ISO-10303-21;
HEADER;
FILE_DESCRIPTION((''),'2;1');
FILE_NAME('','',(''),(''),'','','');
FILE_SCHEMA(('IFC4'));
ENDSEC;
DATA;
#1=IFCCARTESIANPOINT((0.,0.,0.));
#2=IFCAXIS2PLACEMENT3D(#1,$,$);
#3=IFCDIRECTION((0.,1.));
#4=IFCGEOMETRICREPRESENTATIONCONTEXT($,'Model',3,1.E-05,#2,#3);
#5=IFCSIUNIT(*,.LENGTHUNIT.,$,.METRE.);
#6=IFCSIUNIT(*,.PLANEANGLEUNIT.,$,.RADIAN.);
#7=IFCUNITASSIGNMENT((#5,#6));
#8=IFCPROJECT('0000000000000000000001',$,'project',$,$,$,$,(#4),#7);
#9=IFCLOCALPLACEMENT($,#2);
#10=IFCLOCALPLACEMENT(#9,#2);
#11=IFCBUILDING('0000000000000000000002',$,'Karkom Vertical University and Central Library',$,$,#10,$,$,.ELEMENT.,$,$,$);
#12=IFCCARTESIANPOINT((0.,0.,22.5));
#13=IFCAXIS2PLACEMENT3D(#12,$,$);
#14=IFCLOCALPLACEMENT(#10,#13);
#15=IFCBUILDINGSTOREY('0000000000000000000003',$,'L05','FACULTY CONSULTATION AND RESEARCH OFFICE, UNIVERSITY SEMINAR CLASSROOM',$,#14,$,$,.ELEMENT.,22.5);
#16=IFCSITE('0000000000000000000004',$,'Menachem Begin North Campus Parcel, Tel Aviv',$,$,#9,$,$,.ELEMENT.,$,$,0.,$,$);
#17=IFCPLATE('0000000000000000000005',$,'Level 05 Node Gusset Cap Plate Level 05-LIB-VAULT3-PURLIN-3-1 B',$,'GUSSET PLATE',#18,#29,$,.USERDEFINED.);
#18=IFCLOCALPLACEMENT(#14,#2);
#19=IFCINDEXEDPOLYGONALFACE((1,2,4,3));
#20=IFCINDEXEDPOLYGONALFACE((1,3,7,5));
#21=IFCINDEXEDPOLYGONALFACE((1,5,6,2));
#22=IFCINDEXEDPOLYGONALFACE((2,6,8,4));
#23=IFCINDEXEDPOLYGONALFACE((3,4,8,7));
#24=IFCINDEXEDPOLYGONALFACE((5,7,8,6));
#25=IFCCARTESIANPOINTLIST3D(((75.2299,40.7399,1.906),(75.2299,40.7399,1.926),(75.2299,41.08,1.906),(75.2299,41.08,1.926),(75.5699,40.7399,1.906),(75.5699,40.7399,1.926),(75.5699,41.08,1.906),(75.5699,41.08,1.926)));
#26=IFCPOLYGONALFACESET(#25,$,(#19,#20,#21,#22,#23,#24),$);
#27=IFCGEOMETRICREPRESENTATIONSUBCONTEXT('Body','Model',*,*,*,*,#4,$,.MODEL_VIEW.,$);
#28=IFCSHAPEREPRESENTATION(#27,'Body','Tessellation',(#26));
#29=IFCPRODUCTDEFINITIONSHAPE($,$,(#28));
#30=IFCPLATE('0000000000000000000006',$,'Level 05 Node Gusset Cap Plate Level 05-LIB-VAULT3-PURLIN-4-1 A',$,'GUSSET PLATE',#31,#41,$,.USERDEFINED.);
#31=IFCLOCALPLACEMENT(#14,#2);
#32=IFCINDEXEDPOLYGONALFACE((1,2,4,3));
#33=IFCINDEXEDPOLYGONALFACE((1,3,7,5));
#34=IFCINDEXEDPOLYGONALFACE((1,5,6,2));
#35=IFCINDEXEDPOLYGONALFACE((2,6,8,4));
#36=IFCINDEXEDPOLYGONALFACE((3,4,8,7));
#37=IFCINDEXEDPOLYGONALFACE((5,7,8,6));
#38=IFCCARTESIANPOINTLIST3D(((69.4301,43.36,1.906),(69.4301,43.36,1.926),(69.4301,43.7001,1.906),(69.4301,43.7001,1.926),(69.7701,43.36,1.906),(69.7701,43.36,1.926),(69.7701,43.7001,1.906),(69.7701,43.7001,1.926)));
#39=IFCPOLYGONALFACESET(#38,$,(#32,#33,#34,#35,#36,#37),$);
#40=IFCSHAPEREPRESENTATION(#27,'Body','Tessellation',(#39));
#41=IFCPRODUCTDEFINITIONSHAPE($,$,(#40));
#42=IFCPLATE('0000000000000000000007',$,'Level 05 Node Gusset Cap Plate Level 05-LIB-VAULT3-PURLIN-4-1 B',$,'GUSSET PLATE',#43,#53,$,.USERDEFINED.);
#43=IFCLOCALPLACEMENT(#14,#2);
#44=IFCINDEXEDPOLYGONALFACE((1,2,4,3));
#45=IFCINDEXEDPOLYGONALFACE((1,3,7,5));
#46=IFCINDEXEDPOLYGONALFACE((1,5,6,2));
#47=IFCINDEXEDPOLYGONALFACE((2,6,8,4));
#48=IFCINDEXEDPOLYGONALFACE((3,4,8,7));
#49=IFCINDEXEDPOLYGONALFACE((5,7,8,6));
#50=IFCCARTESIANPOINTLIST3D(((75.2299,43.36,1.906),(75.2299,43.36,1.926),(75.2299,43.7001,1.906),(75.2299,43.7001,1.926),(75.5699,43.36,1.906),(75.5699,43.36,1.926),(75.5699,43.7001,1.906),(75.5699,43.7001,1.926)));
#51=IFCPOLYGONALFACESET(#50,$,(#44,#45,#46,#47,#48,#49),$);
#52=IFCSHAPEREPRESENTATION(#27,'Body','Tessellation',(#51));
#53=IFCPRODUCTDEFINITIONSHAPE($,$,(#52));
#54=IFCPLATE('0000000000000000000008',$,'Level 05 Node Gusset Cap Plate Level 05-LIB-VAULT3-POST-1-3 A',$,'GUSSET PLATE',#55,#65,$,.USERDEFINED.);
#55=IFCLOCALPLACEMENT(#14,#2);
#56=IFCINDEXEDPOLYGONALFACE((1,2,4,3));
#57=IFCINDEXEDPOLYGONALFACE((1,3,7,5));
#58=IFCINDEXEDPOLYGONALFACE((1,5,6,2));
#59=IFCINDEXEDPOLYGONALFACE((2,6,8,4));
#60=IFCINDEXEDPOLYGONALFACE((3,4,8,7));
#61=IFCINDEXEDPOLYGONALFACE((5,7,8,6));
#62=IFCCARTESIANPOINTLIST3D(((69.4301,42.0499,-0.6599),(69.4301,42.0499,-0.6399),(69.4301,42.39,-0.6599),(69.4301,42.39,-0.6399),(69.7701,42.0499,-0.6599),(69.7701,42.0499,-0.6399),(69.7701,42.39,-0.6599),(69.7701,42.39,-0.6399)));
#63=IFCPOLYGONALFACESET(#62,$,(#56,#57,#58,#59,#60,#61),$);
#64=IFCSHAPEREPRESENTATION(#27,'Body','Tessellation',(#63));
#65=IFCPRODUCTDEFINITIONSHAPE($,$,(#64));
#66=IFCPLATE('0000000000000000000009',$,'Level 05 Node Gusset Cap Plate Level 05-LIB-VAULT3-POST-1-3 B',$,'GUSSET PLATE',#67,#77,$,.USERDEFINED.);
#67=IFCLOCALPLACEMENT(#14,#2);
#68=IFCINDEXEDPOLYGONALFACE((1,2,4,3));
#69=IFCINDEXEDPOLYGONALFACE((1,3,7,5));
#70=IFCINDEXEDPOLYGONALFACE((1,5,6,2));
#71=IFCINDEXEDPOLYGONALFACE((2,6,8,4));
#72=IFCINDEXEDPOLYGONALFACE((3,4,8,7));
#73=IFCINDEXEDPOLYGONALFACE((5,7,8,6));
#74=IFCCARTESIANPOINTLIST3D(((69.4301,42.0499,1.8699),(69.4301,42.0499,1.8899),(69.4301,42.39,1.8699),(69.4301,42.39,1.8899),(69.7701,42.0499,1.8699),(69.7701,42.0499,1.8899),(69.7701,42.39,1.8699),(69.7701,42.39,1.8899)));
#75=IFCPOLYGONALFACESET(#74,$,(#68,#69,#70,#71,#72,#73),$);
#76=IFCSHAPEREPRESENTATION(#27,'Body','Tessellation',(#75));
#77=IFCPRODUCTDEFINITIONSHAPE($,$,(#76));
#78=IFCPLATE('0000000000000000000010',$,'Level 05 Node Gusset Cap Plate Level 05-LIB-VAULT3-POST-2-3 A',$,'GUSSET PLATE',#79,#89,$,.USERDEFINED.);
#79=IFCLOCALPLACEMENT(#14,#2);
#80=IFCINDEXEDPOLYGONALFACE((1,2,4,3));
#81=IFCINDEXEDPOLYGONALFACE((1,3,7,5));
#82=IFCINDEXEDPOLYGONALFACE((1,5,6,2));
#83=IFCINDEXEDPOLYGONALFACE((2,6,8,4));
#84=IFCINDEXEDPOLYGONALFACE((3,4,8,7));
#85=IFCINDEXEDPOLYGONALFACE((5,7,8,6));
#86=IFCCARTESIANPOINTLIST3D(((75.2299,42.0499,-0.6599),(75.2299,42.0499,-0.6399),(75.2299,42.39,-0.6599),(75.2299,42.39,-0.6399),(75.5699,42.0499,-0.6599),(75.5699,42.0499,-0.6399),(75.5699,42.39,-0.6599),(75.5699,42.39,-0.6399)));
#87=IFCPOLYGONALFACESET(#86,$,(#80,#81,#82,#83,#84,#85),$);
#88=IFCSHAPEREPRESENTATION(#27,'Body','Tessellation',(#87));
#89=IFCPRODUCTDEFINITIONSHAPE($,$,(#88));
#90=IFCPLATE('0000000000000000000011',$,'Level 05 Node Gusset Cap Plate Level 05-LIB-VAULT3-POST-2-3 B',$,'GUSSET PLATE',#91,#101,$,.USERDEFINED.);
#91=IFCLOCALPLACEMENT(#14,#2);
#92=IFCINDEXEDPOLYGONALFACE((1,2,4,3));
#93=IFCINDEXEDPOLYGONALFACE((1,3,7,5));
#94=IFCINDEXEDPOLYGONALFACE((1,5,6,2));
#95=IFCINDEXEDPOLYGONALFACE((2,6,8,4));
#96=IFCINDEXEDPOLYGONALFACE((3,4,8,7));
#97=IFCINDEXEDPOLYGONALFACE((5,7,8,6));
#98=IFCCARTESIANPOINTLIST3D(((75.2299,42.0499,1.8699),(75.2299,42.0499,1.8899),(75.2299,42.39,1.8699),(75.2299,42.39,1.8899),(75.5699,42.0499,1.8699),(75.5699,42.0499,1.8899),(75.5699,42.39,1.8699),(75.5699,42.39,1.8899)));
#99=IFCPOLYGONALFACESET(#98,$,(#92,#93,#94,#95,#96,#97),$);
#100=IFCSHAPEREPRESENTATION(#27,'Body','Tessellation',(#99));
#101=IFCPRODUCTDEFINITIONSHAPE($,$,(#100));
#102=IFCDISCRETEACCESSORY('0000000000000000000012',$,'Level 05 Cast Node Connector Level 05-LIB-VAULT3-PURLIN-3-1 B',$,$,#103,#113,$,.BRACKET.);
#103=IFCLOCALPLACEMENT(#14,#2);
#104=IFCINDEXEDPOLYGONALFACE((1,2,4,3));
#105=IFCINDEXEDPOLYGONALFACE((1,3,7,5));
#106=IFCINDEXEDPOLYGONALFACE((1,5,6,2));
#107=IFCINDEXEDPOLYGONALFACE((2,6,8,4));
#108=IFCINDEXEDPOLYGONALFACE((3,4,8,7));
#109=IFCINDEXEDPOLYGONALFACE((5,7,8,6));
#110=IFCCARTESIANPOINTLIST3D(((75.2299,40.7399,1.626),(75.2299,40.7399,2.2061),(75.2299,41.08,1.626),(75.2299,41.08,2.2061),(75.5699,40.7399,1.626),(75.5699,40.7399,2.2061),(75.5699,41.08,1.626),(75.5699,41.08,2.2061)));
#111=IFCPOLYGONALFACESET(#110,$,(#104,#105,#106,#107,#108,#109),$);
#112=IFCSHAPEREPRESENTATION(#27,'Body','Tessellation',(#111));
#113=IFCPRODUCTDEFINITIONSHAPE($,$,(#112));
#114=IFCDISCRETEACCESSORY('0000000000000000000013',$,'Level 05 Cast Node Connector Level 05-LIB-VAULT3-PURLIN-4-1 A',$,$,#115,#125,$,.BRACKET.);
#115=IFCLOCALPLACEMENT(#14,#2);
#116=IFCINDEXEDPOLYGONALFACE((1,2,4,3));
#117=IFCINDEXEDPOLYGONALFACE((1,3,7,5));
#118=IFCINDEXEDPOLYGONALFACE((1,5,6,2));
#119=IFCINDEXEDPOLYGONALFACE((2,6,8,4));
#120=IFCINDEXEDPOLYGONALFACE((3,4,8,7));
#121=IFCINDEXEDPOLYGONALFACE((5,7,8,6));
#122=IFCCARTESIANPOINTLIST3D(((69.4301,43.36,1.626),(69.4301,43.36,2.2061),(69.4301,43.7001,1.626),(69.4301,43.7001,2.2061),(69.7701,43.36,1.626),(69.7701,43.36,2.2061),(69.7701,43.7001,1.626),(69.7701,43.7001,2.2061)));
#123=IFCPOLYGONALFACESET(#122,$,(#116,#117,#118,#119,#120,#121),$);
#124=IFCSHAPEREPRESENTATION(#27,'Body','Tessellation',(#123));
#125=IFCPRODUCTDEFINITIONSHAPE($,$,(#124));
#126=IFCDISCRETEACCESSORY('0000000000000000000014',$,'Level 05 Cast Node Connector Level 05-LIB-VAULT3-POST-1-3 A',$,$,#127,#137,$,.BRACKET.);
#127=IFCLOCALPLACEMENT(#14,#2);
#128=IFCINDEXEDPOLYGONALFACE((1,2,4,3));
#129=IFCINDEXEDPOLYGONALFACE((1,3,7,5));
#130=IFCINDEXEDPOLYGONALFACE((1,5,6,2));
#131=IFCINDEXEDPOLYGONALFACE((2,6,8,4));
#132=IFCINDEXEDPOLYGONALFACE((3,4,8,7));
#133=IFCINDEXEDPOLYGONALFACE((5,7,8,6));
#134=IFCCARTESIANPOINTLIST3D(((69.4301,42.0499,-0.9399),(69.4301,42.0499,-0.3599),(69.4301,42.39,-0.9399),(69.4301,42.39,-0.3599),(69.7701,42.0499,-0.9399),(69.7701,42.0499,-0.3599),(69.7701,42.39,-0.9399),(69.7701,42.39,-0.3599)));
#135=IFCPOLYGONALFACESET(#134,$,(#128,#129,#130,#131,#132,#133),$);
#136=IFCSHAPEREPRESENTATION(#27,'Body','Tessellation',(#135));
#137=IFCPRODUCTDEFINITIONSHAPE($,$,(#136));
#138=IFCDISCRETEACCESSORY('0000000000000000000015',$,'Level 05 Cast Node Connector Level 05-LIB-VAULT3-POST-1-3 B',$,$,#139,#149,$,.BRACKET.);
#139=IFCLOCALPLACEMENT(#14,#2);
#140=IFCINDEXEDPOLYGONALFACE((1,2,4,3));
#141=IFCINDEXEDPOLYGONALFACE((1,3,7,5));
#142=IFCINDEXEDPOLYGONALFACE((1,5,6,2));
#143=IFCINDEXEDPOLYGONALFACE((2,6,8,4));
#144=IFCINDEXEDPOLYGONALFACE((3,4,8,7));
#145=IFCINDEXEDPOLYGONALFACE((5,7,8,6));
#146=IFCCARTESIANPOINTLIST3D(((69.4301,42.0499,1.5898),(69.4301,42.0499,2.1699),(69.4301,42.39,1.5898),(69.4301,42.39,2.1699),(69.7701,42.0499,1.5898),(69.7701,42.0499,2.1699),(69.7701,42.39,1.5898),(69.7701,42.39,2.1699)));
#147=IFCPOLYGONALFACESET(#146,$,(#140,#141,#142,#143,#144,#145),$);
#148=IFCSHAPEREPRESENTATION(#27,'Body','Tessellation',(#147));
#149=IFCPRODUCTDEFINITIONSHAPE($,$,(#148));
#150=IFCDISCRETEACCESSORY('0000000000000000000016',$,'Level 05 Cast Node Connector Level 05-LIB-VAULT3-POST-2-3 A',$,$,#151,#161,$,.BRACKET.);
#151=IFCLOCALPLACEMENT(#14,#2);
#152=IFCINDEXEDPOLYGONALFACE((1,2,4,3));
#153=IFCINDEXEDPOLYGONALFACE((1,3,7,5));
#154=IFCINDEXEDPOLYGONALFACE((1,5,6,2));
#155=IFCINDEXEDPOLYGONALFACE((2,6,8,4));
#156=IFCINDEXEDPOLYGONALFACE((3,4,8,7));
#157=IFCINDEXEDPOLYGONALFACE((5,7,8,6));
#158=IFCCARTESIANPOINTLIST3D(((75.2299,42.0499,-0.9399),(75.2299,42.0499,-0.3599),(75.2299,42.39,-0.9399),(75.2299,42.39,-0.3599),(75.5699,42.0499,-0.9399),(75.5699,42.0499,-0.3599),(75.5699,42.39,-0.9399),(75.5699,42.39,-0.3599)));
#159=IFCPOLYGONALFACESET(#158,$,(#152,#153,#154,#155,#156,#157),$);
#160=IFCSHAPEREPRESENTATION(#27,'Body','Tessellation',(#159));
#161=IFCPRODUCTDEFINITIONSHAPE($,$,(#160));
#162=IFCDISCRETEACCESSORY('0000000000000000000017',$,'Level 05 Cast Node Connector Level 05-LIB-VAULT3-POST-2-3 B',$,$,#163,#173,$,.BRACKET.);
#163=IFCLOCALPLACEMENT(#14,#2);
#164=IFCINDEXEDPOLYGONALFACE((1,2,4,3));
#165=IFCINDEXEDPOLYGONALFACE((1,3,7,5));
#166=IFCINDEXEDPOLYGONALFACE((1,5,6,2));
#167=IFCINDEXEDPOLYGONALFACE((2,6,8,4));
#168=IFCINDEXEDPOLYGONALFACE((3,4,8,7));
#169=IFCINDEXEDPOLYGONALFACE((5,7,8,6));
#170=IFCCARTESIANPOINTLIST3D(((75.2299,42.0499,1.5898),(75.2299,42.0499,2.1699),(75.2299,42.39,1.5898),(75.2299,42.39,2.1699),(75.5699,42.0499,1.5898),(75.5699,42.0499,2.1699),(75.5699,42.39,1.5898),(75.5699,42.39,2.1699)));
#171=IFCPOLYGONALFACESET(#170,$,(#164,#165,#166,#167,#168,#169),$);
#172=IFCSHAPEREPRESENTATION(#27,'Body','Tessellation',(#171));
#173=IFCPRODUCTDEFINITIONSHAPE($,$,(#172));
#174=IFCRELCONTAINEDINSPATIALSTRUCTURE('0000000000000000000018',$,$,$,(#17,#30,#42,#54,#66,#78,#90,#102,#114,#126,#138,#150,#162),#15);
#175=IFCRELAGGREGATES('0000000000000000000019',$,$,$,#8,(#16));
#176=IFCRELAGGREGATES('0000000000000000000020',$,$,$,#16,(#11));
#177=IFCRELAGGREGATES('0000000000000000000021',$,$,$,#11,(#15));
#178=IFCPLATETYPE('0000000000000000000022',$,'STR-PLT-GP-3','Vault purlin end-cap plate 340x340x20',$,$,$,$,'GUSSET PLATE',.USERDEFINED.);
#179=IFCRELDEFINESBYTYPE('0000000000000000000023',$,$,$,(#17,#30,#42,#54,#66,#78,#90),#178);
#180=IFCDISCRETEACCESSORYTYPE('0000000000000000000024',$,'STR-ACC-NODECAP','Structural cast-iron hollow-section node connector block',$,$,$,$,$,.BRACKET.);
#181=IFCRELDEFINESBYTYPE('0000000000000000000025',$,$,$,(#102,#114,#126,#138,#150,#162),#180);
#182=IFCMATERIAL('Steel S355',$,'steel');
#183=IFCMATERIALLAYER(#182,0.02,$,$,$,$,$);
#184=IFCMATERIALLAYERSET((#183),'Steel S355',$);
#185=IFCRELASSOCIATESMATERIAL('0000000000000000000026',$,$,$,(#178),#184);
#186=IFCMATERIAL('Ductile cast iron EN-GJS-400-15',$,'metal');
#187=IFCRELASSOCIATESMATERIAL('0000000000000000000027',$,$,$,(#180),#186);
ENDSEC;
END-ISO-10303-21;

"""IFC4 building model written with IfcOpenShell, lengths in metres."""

from ifc_helpers import new_model, si_unit, direction, frame, origin, origin_with_axes, origin_2d, place, context, subcontext, project, spatial, rectangle, extrude, source, transform, mapped, material, layer, layer_set, type_object, element, save


model = new_model("IFC4")

# Units and contexts
model_context = context("Model", 3, precision=1e-05, world=origin(), true_north=direction((0.0, 1.0)))
body_context = subcontext(model_context, "Body", "Model", "MODEL_VIEW")
ifc_project = project(units=[si_unit("LENGTHUNIT", "METRE"), si_unit("PLANEANGLEUNIT", "RADIAN")], contexts=[model_context])

# Site, building, storey
site_placement = place(None, origin())
site = spatial("IfcSite", under=ifc_project, at=site_placement, Name="Menachem Begin North Campus Parcel, Tel Aviv", CompositionType="ELEMENT", RefElevation=0.0)
building_placement = place(site_placement, origin())
building = spatial("IfcBuilding", under=site, at=building_placement, Name="Karkom Vertical University and Central Library", CompositionType="ELEMENT")
storey_placement = place(building_placement, frame((0.0, 0.0, 22.5)))
storey = spatial("IfcBuildingStorey", under=building, at=storey_placement, Name="L05", Description="FACULTY CONSULTATION AND RESEARCH OFFICE, UNIVERSITY SEMINAR CLASSROOM", CompositionType="ELEMENT", Elevation=22.5)

# Shared definitions
ifc_material_1 = material(Name="Steel S355", Category="steel")

# Plates
ifc_layer = layer(ifc_material_1, 0.02)
ifc_layer_set = layer_set([ifc_layer], Name="Steel S355")
plate_type = type_object("IfcPlateType", Name="STR-PLT-GP-3", Description="Vault purlin end-cap plate 340x340x20", ElementType="GUSSET PLATE", PredefinedType="USERDEFINED", material=ifc_layer_set)
shared_shape_1 = source(origin_with_axes(), body_context, "Body", "SweptSolid", [
    extrude(rectangle(XDim=0.3401, YDim=0.3401, at=origin_2d()), origin(), (0.0, 0.0, 1.0), 0.02),
])
for number, where, z_axis, x_axis, name in (
    (1, (75.3999, 40.9099, 1.906), (0.0, 0.0, 1.0), (1.0, 0.0, 0.0), "Level 05 Node Gusset Cap Plate Level 05-LIB-VAULT3-PURLIN-3-1 B"),
    (2, (69.6001, 43.53, 1.906), (0.0, 0.0, 1.0), (1.0, 0.0, 0.0), "Level 05 Node Gusset Cap Plate Level 05-LIB-VAULT3-PURLIN-4-1 A"),
    (3, (75.3999, 43.53, 1.906), (0.0, 0.0, 1.0), (1.0, 0.0, 0.0), "Level 05 Node Gusset Cap Plate Level 05-LIB-VAULT3-PURLIN-4-1 B"),
    (4, (69.6001, 42.22, -0.6599), (0.0, 0.0, 1.0), (1.0, 0.0, 0.0), "Level 05 Node Gusset Cap Plate Level 05-LIB-VAULT3-POST-1-3 A"),
    (5, (69.6001, 42.22, 1.8699), (0.0, 0.0, 1.0), (1.0, 0.0, 0.0), "Level 05 Node Gusset Cap Plate Level 05-LIB-VAULT3-POST-1-3 B"),
    (6, (75.3999, 42.22, -0.6599), (0.0, 0.0, 1.0), (1.0, 0.0, 0.0), "Level 05 Node Gusset Cap Plate Level 05-LIB-VAULT3-POST-2-3 A"),
    (7, (75.3999, 42.22, 1.8699), (0.0, 0.0, 1.0), (1.0, 0.0, 0.0), "Level 05 Node Gusset Cap Plate Level 05-LIB-VAULT3-POST-2-3 B"),
):
    element("IfcPlate", number, at=place(storey_placement, frame(where, z_axis=z_axis, x_axis=x_axis)), inside=storey, type_object=plate_type, Name=name, ObjectType="GUSSET PLATE", PredefinedType="USERDEFINED", context=body_context, shape_type="MappedRepresentation", body=[
        mapped(shared_shape_1, transform((0.0, 0.0, 0.0), scale=1.0)),
    ])

# Discrete accessories
ifc_material_2 = material(Name="Ductile cast iron EN-GJS-400-15", Category="metal")
discrete_accessory_type = type_object("IfcDiscreteAccessoryType", Name="STR-ACC-NODECAP", Description="Structural cast-iron hollow-section node connector block", PredefinedType="BRACKET", material=ifc_material_2)
shared_shape_2 = source(origin_with_axes(), body_context, "Body", "SweptSolid", [
    extrude(rectangle(XDim=0.3401, YDim=0.3401, at=origin_2d()), origin(), (0.0, 0.0, 1.0), 0.5801),
])
for number, where, z_axis, x_axis, name in (
    (8, (75.3999, 40.9099, 1.626), (0.0, 0.0, 1.0), (1.0, 0.0, 0.0), "Level 05 Cast Node Connector Level 05-LIB-VAULT3-PURLIN-3-1 B"),
    (9, (69.6001, 43.53, 1.626), (0.0, 0.0, 1.0), (1.0, 0.0, 0.0), "Level 05 Cast Node Connector Level 05-LIB-VAULT3-PURLIN-4-1 A"),
    (10, (69.6001, 42.22, -0.9399), (0.0, 0.0, 1.0), (1.0, 0.0, 0.0), "Level 05 Cast Node Connector Level 05-LIB-VAULT3-POST-1-3 A"),
    (11, (69.6001, 42.22, 1.5898), (0.0, 0.0, 1.0), (1.0, 0.0, 0.0), "Level 05 Cast Node Connector Level 05-LIB-VAULT3-POST-1-3 B"),
    (12, (75.3999, 42.22, -0.9399), (0.0, 0.0, 1.0), (1.0, 0.0, 0.0), "Level 05 Cast Node Connector Level 05-LIB-VAULT3-POST-2-3 A"),
    (13, (75.3999, 42.22, 1.5898), (0.0, 0.0, 1.0), (1.0, 0.0, 0.0), "Level 05 Cast Node Connector Level 05-LIB-VAULT3-POST-2-3 B"),
):
    element("IfcDiscreteAccessory", number, at=place(storey_placement, frame(where, z_axis=z_axis, x_axis=x_axis)), inside=storey, type_object=discrete_accessory_type, Name=name, PredefinedType="BRACKET", context=body_context, shape_type="MappedRepresentation", body=[
        mapped(shared_shape_2, transform((0.0, 0.0, 0.0), scale=1.0)),
    ])

save(model, "model.ifc")
